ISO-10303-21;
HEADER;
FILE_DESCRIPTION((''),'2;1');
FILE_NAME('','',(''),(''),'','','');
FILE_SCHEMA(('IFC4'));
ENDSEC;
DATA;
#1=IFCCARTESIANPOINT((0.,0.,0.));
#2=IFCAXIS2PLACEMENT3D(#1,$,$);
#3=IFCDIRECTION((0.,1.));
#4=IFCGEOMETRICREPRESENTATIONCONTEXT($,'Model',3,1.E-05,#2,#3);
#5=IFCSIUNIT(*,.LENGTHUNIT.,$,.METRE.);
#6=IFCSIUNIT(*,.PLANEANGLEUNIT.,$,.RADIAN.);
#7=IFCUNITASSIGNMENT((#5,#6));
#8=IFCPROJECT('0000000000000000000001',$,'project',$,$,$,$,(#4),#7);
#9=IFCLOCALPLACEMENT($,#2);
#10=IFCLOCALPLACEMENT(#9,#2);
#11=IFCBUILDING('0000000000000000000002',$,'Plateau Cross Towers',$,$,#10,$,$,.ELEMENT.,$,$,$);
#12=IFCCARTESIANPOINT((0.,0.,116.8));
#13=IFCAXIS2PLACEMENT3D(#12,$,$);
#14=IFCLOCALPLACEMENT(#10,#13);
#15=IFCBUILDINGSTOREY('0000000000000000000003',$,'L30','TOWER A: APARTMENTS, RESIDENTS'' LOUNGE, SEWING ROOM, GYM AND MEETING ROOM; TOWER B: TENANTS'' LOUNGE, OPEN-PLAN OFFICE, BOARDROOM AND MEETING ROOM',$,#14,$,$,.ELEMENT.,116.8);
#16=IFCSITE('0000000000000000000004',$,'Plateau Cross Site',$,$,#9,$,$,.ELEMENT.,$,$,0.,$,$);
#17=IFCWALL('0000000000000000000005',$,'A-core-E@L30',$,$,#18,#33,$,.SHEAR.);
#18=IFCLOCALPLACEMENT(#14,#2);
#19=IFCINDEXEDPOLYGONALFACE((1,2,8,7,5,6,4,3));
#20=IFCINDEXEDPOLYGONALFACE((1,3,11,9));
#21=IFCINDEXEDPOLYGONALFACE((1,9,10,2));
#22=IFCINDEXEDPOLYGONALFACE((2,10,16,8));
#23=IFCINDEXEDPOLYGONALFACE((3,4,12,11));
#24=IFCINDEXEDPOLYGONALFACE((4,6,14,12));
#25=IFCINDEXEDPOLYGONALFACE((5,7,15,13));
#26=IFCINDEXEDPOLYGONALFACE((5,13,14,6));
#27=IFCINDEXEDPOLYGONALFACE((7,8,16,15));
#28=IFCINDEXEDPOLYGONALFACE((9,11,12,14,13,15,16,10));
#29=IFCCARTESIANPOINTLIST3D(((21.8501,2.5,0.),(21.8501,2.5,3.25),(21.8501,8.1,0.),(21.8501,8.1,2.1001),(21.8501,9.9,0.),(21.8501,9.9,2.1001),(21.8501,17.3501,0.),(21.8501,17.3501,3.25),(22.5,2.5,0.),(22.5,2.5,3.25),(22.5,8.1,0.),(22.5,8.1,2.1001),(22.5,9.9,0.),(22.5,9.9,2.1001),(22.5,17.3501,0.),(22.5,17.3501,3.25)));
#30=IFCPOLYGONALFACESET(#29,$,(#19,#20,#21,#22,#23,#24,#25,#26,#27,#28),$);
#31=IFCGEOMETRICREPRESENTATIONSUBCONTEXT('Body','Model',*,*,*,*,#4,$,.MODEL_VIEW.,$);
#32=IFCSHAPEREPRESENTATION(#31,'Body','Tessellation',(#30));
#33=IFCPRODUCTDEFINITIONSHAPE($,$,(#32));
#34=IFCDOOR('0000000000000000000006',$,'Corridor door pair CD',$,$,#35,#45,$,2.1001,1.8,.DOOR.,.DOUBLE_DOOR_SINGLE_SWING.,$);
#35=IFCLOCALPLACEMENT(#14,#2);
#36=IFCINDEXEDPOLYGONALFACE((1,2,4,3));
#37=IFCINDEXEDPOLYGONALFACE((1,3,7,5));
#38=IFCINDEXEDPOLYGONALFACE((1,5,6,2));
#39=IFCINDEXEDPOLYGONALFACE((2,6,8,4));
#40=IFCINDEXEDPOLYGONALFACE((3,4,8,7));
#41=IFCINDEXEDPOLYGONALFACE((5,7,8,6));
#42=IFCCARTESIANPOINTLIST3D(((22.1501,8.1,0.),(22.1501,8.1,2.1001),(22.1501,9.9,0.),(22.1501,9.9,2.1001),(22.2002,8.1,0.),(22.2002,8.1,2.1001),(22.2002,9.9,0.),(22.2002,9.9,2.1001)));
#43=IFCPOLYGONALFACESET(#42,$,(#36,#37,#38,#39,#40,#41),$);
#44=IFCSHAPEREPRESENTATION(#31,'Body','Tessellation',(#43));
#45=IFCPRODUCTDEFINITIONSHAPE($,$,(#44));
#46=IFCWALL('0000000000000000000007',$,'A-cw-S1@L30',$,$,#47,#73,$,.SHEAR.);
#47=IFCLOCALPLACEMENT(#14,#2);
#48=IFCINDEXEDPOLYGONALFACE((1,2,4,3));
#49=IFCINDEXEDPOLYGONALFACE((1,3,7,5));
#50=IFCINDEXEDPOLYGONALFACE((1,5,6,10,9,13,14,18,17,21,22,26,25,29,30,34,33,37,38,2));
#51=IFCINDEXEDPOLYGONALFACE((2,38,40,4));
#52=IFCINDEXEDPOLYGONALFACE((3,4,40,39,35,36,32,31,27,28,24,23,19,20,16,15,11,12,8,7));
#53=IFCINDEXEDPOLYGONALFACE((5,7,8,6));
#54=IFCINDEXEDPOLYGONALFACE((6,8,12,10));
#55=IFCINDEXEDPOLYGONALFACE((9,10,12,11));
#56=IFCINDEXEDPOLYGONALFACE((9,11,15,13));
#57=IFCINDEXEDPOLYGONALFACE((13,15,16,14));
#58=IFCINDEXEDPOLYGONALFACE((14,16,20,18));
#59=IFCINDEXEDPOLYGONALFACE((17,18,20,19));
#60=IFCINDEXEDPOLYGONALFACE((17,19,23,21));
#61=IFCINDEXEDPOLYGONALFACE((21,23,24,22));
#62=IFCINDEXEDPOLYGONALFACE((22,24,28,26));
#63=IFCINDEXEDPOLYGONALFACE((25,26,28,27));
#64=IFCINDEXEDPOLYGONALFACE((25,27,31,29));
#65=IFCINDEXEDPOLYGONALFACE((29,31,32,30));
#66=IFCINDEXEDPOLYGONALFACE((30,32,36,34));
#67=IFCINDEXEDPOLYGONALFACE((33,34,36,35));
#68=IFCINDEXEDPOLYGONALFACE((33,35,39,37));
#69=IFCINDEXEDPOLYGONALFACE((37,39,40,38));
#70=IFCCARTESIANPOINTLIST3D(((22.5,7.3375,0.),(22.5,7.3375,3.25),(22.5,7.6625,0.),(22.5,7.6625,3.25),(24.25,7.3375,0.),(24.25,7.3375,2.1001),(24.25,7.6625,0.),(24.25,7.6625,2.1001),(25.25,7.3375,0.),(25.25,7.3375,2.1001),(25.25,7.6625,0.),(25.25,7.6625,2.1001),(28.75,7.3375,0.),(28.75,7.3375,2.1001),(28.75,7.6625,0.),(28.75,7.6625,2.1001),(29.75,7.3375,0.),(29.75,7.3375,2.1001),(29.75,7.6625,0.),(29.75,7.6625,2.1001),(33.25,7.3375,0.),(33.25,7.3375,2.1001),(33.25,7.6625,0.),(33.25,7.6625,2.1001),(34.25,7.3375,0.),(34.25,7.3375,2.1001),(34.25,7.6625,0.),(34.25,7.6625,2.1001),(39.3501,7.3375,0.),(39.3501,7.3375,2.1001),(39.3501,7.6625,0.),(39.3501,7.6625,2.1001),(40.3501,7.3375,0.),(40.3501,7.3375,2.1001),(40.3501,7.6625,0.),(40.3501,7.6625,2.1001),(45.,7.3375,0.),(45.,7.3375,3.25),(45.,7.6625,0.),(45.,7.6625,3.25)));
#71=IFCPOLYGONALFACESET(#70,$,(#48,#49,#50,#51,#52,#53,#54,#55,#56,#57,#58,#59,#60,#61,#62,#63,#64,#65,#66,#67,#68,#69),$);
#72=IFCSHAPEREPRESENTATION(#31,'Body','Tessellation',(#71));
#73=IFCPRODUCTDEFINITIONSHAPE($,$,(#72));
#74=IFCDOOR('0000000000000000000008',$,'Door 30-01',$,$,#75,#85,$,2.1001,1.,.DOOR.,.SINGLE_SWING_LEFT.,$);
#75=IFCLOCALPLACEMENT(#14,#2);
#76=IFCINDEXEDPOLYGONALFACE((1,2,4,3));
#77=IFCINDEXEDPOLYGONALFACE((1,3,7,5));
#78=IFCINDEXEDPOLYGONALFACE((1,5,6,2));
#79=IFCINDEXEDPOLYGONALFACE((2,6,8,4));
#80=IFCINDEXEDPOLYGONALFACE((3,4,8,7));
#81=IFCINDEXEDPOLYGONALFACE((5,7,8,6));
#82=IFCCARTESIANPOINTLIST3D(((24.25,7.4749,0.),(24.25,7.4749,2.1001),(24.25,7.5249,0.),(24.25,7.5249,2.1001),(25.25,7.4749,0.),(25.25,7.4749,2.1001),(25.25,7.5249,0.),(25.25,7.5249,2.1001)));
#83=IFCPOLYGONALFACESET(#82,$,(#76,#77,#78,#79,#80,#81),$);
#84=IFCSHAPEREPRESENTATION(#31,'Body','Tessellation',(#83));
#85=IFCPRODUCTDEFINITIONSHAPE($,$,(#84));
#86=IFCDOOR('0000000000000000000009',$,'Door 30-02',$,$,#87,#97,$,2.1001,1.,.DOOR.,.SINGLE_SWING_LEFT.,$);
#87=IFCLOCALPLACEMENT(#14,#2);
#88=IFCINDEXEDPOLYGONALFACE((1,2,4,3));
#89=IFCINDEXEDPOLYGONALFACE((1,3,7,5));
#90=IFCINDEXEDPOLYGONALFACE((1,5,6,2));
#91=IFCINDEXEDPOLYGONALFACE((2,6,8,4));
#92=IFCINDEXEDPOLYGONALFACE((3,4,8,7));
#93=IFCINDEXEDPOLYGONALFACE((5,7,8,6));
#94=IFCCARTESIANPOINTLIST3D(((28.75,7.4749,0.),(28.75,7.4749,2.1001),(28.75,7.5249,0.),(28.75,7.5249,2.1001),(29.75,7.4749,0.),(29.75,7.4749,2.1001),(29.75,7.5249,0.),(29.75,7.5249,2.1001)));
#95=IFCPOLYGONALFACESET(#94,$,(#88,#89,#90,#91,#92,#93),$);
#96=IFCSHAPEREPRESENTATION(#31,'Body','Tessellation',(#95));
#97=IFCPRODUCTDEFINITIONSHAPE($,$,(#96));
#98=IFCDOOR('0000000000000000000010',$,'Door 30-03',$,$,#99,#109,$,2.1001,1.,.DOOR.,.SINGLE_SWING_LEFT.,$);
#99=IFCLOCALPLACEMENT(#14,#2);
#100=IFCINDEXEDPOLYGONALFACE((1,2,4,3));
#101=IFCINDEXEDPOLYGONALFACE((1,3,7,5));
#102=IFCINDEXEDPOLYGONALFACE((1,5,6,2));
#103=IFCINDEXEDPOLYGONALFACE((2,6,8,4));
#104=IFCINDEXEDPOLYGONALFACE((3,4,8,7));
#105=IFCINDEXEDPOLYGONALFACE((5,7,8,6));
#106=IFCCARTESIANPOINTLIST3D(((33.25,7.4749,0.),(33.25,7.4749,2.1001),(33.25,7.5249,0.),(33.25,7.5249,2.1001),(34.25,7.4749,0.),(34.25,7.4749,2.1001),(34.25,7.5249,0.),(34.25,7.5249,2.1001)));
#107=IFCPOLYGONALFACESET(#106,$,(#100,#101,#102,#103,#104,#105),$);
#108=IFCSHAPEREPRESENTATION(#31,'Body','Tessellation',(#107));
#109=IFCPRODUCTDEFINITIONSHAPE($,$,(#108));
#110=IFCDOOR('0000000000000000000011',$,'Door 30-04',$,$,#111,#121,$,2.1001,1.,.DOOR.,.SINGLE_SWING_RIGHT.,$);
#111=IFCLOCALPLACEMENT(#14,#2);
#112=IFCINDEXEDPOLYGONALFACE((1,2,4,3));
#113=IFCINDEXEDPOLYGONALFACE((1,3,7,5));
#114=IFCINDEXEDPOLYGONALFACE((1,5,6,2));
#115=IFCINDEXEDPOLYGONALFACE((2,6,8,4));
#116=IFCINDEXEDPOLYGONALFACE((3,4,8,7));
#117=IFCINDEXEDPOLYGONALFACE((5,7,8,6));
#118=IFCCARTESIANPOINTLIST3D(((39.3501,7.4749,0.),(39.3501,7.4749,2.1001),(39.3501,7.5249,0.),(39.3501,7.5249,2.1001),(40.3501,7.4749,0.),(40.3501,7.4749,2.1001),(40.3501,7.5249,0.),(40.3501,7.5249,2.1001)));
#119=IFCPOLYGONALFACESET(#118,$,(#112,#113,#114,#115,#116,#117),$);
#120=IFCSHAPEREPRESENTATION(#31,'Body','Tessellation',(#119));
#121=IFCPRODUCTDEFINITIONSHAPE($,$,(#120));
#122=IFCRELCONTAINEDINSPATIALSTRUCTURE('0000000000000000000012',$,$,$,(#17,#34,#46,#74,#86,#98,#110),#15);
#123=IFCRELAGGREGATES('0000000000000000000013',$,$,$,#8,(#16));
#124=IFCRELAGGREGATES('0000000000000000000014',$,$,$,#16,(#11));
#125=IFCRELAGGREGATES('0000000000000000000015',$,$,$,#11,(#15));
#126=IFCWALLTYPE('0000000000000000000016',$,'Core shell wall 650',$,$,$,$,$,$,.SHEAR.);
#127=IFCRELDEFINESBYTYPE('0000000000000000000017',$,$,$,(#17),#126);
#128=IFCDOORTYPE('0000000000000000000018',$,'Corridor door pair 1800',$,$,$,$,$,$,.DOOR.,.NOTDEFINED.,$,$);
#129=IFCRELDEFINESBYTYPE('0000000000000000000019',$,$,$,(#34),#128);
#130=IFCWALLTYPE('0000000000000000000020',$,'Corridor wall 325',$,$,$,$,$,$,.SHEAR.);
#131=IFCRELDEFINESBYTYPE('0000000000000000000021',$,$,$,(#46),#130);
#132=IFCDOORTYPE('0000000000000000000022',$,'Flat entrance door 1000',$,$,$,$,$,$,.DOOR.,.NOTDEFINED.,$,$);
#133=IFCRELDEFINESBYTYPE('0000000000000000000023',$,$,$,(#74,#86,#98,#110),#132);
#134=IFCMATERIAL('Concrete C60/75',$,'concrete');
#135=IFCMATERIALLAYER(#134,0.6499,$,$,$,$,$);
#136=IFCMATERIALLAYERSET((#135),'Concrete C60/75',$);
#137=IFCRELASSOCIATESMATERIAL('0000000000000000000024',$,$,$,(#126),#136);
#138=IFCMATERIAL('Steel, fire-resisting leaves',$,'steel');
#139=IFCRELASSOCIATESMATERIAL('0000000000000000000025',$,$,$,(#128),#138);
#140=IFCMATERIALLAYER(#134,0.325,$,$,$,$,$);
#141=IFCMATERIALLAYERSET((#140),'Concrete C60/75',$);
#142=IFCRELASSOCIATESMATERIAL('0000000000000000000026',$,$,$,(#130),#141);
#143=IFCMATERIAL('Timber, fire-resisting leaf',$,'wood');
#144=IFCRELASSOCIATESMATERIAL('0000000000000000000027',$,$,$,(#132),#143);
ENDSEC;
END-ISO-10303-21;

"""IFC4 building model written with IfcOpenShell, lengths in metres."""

from ifc_helpers import new_model, si_unit, direction, frame, frame_2d, origin, place, context, subcontext, project, spatial, rectangle, extrude, material, layer, layer_set, type_object, element, fill, save


model = new_model("IFC4")

# Units and contexts
model_context = context("Model", 3, precision=1e-05, world=origin(), true_north=direction((0.0, 1.0)))
body_context = subcontext(model_context, "Body", "Model", "MODEL_VIEW")
ifc_project = project(units=[si_unit("LENGTHUNIT", "METRE"), si_unit("PLANEANGLEUNIT", "RADIAN")], contexts=[model_context])

# Site, building, storey
site_placement = place(None, origin())
site = spatial("IfcSite", under=ifc_project, at=site_placement, Name="Plateau Cross Site", CompositionType="ELEMENT", RefElevation=0.0)
building_placement = place(site_placement, origin())
building = spatial("IfcBuilding", under=site, at=building_placement, Name="Plateau Cross Towers", CompositionType="ELEMENT")
storey_placement = place(building_placement, frame((0.0, 0.0, 116.8)))
storey = spatial("IfcBuildingStorey", under=building, at=storey_placement, Name="L30", Description="TOWER A: APARTMENTS, RESIDENTS' LOUNGE, SEWING ROOM, GYM AND MEETING ROOM; TOWER B: TENANTS' LOUNGE, OPEN-PLAN OFFICE, BOARDROOM AND MEETING ROOM", CompositionType="ELEMENT", Elevation=116.8)

# Shared definitions
ifc_material_1 = material(Name="Concrete C60/75", Category="concrete")

# Shared definitions
ifc_material_2 = material(Name="Timber, fire-resisting leaf", Category="wood")

# Wall, opening, door
ifc_layer_1 = layer(ifc_material_1, 0.6499)
ifc_layer_set_1 = layer_set([ifc_layer_1], Name="Concrete C60/75")
wall_type_1 = type_object("IfcWallType", Name="Core shell wall 650", PredefinedType="SHEAR", material=ifc_layer_set_1)
wall_1_placement = place(storey_placement, frame((22.175, 2.5, 0.0), z_axis=(0.0, 0.0, 1.0), x_axis=(0.0, 1.0, 0.0)))
wall_1 = element("IfcWall", 1, at=wall_1_placement, inside=storey, type_object=wall_type_1, Name="A-core-E@L30", PredefinedType="SHEAR", context=body_context, shape_type="SweptSolid", body=[
    extrude(rectangle(XDim=14.8501, YDim=0.6499, at=frame_2d((7.425, 0.0))), origin(), (0.0, 0.0, 1.0), 3.25),
])
opening_1_placement = place(wall_1_placement, frame((5.6001, 0.0, 0.0)))
opening_1 = element("IfcOpeningElement", 2, at=opening_1_placement, cuts=wall_1, PredefinedType="OPENING", context=body_context, shape_type="SweptSolid", body=[
    extrude(rectangle(XDim=1.8, YDim=2.1001, at=frame_2d((0.8999, 1.05))), frame((0.0, 0.335, 0.0), z_axis=(0.0, -1.0, 0.0), x_axis=(1.0, 0.0, 0.0)), (0.0, 0.0, 1.0), 0.6699),
])
ifc_material_3 = material(Name="Steel, fire-resisting leaves", Category="steel")
door_type_1 = type_object("IfcDoorType", Name="Corridor door pair 1800", OperationType="NOTDEFINED", PredefinedType="DOOR", material=ifc_material_3)
door_1_placement = place(opening_1_placement, origin())
door_1 = element("IfcDoor", 3, at=door_1_placement, inside=storey, type_object=door_type_1, Name="Corridor door pair CD", OperationType="DOUBLE_DOOR_SINGLE_SWING", OverallHeight=2.1001, OverallWidth=1.8, PredefinedType="DOOR", context=body_context, shape_type="SweptSolid", body=[
    extrude(rectangle(XDim=1.8, YDim=2.1001, at=frame_2d((0.8999, 1.05))), frame((0.0, 0.0249, 0.0), z_axis=(0.0, -1.0, 0.0), x_axis=(1.0, 0.0, 0.0)), (0.0, 0.0, 1.0), 0.05),
])
fill(opening_1, door_1)

# Wall, openings, doors
ifc_layer_2 = layer(ifc_material_1, 0.325)
ifc_layer_set_2 = layer_set([ifc_layer_2], Name="Concrete C60/75")
wall_type_2 = type_object("IfcWallType", Name="Corridor wall 325", PredefinedType="SHEAR", material=ifc_layer_set_2)
wall_2_placement = place(storey_placement, frame((22.5, 7.5, 0.0), z_axis=(0.0, 0.0, 1.0), x_axis=(1.0, 0.0, 0.0)))
wall_2 = element("IfcWall", 4, at=wall_2_placement, inside=storey, type_object=wall_type_2, Name="A-cw-S1@L30", PredefinedType="SHEAR", context=body_context, shape_type="SweptSolid", body=[
    extrude(rectangle(XDim=22.5, YDim=0.325, at=frame_2d((11.25, 0.0))), origin(), (0.0, 0.0, 1.0), 3.25),
])
opening_2_placement = place(wall_2_placement, frame((1.75, 0.0, 0.0)))
opening_2 = element("IfcOpeningElement", 5, at=opening_2_placement, cuts=wall_2, PredefinedType="OPENING", context=body_context, shape_type="SweptSolid", body=[
    extrude(rectangle(XDim=1.0, YDim=2.1001, at=frame_2d((0.5, 1.05))), frame((0.0, 0.1724, 0.0), z_axis=(0.0, -1.0, 0.0), x_axis=(1.0, 0.0, 0.0)), (0.0, 0.0, 1.0), 0.345),
])
opening_3_placement = place(wall_2_placement, frame((6.25, 0.0, 0.0)))
opening_3 = element("IfcOpeningElement", 6, at=opening_3_placement, cuts=wall_2, PredefinedType="OPENING", context=body_context, shape_type="SweptSolid", body=[
    extrude(rectangle(XDim=1.0, YDim=2.1001, at=frame_2d((0.5, 1.05))), frame((0.0, 0.1724, 0.0), z_axis=(0.0, -1.0, 0.0), x_axis=(1.0, 0.0, 0.0)), (0.0, 0.0, 1.0), 0.345),
])
opening_4_placement = place(wall_2_placement, frame((10.75, 0.0, 0.0)))
opening_4 = element("IfcOpeningElement", 7, at=opening_4_placement, cuts=wall_2, PredefinedType="OPENING", context=body_context, shape_type="SweptSolid", body=[
    extrude(rectangle(XDim=1.0, YDim=2.1001, at=frame_2d((0.5, 1.05))), frame((0.0, 0.1724, 0.0), z_axis=(0.0, -1.0, 0.0), x_axis=(1.0, 0.0, 0.0)), (0.0, 0.0, 1.0), 0.345),
])
opening_5_placement = place(wall_2_placement, frame((16.8501, 0.0, 0.0)))
opening_5 = element("IfcOpeningElement", 8, at=opening_5_placement, cuts=wall_2, PredefinedType="OPENING", context=body_context, shape_type="SweptSolid", body=[
    extrude(rectangle(XDim=1.0, YDim=2.1001, at=frame_2d((0.5, 1.05))), frame((0.0, 0.1724, 0.0), z_axis=(0.0, -1.0, 0.0), x_axis=(1.0, 0.0, 0.0)), (0.0, 0.0, 1.0), 0.345),
])
door_type_2 = type_object("IfcDoorType", Name="Flat entrance door 1000", OperationType="NOTDEFINED", PredefinedType="DOOR", material=ifc_material_2)
door_2_placement = place(opening_2_placement, origin())
door_2 = element("IfcDoor", 9, at=door_2_placement, inside=storey, type_object=door_type_2, Name="Door 30-01", OperationType="SINGLE_SWING_LEFT", OverallHeight=2.1001, OverallWidth=1.0, PredefinedType="DOOR", context=body_context, shape_type="SweptSolid", body=[
    extrude(rectangle(XDim=1.0, YDim=2.1001, at=frame_2d((0.5, 1.05))), frame((0.0, 0.0249, 0.0), z_axis=(0.0, -1.0, 0.0), x_axis=(1.0, 0.0, 0.0)), (0.0, 0.0, 1.0), 0.05),
])
fill(opening_2, door_2)
door_3_placement = place(opening_3_placement, origin())
door_3 = element("IfcDoor", 10, at=door_3_placement, inside=storey, type_object=door_type_2, Name="Door 30-02", OperationType="SINGLE_SWING_LEFT", OverallHeight=2.1001, OverallWidth=1.0, PredefinedType="DOOR", context=body_context, shape_type="SweptSolid", body=[
    extrude(rectangle(XDim=1.0, YDim=2.1001, at=frame_2d((0.5, 1.05))), frame((0.0, 0.0249, 0.0), z_axis=(0.0, -1.0, 0.0), x_axis=(1.0, 0.0, 0.0)), (0.0, 0.0, 1.0), 0.05),
])
fill(opening_3, door_3)
door_4_placement = place(opening_4_placement, origin())
door_4 = element("IfcDoor", 11, at=door_4_placement, inside=storey, type_object=door_type_2, Name="Door 30-03", OperationType="SINGLE_SWING_LEFT", OverallHeight=2.1001, OverallWidth=1.0, PredefinedType="DOOR", context=body_context, shape_type="SweptSolid", body=[
    extrude(rectangle(XDim=1.0, YDim=2.1001, at=frame_2d((0.5, 1.05))), frame((0.0, 0.0249, 0.0), z_axis=(0.0, -1.0, 0.0), x_axis=(1.0, 0.0, 0.0)), (0.0, 0.0, 1.0), 0.05),
])
fill(opening_4, door_4)
door_5_placement = place(opening_5_placement, origin())
door_5 = element("IfcDoor", 12, at=door_5_placement, inside=storey, type_object=door_type_2, Name="Door 30-04", OperationType="SINGLE_SWING_RIGHT", OverallHeight=2.1001, OverallWidth=1.0, PredefinedType="DOOR", context=body_context, shape_type="SweptSolid", body=[
    extrude(rectangle(XDim=1.0, YDim=2.1001, at=frame_2d((0.5, 1.05))), frame((0.0, 0.0249, 0.0), z_axis=(0.0, -1.0, 0.0), x_axis=(1.0, 0.0, 0.0)), (0.0, 0.0, 1.0), 0.05),
])
fill(opening_5, door_5)

save(model, "model.ifc")
